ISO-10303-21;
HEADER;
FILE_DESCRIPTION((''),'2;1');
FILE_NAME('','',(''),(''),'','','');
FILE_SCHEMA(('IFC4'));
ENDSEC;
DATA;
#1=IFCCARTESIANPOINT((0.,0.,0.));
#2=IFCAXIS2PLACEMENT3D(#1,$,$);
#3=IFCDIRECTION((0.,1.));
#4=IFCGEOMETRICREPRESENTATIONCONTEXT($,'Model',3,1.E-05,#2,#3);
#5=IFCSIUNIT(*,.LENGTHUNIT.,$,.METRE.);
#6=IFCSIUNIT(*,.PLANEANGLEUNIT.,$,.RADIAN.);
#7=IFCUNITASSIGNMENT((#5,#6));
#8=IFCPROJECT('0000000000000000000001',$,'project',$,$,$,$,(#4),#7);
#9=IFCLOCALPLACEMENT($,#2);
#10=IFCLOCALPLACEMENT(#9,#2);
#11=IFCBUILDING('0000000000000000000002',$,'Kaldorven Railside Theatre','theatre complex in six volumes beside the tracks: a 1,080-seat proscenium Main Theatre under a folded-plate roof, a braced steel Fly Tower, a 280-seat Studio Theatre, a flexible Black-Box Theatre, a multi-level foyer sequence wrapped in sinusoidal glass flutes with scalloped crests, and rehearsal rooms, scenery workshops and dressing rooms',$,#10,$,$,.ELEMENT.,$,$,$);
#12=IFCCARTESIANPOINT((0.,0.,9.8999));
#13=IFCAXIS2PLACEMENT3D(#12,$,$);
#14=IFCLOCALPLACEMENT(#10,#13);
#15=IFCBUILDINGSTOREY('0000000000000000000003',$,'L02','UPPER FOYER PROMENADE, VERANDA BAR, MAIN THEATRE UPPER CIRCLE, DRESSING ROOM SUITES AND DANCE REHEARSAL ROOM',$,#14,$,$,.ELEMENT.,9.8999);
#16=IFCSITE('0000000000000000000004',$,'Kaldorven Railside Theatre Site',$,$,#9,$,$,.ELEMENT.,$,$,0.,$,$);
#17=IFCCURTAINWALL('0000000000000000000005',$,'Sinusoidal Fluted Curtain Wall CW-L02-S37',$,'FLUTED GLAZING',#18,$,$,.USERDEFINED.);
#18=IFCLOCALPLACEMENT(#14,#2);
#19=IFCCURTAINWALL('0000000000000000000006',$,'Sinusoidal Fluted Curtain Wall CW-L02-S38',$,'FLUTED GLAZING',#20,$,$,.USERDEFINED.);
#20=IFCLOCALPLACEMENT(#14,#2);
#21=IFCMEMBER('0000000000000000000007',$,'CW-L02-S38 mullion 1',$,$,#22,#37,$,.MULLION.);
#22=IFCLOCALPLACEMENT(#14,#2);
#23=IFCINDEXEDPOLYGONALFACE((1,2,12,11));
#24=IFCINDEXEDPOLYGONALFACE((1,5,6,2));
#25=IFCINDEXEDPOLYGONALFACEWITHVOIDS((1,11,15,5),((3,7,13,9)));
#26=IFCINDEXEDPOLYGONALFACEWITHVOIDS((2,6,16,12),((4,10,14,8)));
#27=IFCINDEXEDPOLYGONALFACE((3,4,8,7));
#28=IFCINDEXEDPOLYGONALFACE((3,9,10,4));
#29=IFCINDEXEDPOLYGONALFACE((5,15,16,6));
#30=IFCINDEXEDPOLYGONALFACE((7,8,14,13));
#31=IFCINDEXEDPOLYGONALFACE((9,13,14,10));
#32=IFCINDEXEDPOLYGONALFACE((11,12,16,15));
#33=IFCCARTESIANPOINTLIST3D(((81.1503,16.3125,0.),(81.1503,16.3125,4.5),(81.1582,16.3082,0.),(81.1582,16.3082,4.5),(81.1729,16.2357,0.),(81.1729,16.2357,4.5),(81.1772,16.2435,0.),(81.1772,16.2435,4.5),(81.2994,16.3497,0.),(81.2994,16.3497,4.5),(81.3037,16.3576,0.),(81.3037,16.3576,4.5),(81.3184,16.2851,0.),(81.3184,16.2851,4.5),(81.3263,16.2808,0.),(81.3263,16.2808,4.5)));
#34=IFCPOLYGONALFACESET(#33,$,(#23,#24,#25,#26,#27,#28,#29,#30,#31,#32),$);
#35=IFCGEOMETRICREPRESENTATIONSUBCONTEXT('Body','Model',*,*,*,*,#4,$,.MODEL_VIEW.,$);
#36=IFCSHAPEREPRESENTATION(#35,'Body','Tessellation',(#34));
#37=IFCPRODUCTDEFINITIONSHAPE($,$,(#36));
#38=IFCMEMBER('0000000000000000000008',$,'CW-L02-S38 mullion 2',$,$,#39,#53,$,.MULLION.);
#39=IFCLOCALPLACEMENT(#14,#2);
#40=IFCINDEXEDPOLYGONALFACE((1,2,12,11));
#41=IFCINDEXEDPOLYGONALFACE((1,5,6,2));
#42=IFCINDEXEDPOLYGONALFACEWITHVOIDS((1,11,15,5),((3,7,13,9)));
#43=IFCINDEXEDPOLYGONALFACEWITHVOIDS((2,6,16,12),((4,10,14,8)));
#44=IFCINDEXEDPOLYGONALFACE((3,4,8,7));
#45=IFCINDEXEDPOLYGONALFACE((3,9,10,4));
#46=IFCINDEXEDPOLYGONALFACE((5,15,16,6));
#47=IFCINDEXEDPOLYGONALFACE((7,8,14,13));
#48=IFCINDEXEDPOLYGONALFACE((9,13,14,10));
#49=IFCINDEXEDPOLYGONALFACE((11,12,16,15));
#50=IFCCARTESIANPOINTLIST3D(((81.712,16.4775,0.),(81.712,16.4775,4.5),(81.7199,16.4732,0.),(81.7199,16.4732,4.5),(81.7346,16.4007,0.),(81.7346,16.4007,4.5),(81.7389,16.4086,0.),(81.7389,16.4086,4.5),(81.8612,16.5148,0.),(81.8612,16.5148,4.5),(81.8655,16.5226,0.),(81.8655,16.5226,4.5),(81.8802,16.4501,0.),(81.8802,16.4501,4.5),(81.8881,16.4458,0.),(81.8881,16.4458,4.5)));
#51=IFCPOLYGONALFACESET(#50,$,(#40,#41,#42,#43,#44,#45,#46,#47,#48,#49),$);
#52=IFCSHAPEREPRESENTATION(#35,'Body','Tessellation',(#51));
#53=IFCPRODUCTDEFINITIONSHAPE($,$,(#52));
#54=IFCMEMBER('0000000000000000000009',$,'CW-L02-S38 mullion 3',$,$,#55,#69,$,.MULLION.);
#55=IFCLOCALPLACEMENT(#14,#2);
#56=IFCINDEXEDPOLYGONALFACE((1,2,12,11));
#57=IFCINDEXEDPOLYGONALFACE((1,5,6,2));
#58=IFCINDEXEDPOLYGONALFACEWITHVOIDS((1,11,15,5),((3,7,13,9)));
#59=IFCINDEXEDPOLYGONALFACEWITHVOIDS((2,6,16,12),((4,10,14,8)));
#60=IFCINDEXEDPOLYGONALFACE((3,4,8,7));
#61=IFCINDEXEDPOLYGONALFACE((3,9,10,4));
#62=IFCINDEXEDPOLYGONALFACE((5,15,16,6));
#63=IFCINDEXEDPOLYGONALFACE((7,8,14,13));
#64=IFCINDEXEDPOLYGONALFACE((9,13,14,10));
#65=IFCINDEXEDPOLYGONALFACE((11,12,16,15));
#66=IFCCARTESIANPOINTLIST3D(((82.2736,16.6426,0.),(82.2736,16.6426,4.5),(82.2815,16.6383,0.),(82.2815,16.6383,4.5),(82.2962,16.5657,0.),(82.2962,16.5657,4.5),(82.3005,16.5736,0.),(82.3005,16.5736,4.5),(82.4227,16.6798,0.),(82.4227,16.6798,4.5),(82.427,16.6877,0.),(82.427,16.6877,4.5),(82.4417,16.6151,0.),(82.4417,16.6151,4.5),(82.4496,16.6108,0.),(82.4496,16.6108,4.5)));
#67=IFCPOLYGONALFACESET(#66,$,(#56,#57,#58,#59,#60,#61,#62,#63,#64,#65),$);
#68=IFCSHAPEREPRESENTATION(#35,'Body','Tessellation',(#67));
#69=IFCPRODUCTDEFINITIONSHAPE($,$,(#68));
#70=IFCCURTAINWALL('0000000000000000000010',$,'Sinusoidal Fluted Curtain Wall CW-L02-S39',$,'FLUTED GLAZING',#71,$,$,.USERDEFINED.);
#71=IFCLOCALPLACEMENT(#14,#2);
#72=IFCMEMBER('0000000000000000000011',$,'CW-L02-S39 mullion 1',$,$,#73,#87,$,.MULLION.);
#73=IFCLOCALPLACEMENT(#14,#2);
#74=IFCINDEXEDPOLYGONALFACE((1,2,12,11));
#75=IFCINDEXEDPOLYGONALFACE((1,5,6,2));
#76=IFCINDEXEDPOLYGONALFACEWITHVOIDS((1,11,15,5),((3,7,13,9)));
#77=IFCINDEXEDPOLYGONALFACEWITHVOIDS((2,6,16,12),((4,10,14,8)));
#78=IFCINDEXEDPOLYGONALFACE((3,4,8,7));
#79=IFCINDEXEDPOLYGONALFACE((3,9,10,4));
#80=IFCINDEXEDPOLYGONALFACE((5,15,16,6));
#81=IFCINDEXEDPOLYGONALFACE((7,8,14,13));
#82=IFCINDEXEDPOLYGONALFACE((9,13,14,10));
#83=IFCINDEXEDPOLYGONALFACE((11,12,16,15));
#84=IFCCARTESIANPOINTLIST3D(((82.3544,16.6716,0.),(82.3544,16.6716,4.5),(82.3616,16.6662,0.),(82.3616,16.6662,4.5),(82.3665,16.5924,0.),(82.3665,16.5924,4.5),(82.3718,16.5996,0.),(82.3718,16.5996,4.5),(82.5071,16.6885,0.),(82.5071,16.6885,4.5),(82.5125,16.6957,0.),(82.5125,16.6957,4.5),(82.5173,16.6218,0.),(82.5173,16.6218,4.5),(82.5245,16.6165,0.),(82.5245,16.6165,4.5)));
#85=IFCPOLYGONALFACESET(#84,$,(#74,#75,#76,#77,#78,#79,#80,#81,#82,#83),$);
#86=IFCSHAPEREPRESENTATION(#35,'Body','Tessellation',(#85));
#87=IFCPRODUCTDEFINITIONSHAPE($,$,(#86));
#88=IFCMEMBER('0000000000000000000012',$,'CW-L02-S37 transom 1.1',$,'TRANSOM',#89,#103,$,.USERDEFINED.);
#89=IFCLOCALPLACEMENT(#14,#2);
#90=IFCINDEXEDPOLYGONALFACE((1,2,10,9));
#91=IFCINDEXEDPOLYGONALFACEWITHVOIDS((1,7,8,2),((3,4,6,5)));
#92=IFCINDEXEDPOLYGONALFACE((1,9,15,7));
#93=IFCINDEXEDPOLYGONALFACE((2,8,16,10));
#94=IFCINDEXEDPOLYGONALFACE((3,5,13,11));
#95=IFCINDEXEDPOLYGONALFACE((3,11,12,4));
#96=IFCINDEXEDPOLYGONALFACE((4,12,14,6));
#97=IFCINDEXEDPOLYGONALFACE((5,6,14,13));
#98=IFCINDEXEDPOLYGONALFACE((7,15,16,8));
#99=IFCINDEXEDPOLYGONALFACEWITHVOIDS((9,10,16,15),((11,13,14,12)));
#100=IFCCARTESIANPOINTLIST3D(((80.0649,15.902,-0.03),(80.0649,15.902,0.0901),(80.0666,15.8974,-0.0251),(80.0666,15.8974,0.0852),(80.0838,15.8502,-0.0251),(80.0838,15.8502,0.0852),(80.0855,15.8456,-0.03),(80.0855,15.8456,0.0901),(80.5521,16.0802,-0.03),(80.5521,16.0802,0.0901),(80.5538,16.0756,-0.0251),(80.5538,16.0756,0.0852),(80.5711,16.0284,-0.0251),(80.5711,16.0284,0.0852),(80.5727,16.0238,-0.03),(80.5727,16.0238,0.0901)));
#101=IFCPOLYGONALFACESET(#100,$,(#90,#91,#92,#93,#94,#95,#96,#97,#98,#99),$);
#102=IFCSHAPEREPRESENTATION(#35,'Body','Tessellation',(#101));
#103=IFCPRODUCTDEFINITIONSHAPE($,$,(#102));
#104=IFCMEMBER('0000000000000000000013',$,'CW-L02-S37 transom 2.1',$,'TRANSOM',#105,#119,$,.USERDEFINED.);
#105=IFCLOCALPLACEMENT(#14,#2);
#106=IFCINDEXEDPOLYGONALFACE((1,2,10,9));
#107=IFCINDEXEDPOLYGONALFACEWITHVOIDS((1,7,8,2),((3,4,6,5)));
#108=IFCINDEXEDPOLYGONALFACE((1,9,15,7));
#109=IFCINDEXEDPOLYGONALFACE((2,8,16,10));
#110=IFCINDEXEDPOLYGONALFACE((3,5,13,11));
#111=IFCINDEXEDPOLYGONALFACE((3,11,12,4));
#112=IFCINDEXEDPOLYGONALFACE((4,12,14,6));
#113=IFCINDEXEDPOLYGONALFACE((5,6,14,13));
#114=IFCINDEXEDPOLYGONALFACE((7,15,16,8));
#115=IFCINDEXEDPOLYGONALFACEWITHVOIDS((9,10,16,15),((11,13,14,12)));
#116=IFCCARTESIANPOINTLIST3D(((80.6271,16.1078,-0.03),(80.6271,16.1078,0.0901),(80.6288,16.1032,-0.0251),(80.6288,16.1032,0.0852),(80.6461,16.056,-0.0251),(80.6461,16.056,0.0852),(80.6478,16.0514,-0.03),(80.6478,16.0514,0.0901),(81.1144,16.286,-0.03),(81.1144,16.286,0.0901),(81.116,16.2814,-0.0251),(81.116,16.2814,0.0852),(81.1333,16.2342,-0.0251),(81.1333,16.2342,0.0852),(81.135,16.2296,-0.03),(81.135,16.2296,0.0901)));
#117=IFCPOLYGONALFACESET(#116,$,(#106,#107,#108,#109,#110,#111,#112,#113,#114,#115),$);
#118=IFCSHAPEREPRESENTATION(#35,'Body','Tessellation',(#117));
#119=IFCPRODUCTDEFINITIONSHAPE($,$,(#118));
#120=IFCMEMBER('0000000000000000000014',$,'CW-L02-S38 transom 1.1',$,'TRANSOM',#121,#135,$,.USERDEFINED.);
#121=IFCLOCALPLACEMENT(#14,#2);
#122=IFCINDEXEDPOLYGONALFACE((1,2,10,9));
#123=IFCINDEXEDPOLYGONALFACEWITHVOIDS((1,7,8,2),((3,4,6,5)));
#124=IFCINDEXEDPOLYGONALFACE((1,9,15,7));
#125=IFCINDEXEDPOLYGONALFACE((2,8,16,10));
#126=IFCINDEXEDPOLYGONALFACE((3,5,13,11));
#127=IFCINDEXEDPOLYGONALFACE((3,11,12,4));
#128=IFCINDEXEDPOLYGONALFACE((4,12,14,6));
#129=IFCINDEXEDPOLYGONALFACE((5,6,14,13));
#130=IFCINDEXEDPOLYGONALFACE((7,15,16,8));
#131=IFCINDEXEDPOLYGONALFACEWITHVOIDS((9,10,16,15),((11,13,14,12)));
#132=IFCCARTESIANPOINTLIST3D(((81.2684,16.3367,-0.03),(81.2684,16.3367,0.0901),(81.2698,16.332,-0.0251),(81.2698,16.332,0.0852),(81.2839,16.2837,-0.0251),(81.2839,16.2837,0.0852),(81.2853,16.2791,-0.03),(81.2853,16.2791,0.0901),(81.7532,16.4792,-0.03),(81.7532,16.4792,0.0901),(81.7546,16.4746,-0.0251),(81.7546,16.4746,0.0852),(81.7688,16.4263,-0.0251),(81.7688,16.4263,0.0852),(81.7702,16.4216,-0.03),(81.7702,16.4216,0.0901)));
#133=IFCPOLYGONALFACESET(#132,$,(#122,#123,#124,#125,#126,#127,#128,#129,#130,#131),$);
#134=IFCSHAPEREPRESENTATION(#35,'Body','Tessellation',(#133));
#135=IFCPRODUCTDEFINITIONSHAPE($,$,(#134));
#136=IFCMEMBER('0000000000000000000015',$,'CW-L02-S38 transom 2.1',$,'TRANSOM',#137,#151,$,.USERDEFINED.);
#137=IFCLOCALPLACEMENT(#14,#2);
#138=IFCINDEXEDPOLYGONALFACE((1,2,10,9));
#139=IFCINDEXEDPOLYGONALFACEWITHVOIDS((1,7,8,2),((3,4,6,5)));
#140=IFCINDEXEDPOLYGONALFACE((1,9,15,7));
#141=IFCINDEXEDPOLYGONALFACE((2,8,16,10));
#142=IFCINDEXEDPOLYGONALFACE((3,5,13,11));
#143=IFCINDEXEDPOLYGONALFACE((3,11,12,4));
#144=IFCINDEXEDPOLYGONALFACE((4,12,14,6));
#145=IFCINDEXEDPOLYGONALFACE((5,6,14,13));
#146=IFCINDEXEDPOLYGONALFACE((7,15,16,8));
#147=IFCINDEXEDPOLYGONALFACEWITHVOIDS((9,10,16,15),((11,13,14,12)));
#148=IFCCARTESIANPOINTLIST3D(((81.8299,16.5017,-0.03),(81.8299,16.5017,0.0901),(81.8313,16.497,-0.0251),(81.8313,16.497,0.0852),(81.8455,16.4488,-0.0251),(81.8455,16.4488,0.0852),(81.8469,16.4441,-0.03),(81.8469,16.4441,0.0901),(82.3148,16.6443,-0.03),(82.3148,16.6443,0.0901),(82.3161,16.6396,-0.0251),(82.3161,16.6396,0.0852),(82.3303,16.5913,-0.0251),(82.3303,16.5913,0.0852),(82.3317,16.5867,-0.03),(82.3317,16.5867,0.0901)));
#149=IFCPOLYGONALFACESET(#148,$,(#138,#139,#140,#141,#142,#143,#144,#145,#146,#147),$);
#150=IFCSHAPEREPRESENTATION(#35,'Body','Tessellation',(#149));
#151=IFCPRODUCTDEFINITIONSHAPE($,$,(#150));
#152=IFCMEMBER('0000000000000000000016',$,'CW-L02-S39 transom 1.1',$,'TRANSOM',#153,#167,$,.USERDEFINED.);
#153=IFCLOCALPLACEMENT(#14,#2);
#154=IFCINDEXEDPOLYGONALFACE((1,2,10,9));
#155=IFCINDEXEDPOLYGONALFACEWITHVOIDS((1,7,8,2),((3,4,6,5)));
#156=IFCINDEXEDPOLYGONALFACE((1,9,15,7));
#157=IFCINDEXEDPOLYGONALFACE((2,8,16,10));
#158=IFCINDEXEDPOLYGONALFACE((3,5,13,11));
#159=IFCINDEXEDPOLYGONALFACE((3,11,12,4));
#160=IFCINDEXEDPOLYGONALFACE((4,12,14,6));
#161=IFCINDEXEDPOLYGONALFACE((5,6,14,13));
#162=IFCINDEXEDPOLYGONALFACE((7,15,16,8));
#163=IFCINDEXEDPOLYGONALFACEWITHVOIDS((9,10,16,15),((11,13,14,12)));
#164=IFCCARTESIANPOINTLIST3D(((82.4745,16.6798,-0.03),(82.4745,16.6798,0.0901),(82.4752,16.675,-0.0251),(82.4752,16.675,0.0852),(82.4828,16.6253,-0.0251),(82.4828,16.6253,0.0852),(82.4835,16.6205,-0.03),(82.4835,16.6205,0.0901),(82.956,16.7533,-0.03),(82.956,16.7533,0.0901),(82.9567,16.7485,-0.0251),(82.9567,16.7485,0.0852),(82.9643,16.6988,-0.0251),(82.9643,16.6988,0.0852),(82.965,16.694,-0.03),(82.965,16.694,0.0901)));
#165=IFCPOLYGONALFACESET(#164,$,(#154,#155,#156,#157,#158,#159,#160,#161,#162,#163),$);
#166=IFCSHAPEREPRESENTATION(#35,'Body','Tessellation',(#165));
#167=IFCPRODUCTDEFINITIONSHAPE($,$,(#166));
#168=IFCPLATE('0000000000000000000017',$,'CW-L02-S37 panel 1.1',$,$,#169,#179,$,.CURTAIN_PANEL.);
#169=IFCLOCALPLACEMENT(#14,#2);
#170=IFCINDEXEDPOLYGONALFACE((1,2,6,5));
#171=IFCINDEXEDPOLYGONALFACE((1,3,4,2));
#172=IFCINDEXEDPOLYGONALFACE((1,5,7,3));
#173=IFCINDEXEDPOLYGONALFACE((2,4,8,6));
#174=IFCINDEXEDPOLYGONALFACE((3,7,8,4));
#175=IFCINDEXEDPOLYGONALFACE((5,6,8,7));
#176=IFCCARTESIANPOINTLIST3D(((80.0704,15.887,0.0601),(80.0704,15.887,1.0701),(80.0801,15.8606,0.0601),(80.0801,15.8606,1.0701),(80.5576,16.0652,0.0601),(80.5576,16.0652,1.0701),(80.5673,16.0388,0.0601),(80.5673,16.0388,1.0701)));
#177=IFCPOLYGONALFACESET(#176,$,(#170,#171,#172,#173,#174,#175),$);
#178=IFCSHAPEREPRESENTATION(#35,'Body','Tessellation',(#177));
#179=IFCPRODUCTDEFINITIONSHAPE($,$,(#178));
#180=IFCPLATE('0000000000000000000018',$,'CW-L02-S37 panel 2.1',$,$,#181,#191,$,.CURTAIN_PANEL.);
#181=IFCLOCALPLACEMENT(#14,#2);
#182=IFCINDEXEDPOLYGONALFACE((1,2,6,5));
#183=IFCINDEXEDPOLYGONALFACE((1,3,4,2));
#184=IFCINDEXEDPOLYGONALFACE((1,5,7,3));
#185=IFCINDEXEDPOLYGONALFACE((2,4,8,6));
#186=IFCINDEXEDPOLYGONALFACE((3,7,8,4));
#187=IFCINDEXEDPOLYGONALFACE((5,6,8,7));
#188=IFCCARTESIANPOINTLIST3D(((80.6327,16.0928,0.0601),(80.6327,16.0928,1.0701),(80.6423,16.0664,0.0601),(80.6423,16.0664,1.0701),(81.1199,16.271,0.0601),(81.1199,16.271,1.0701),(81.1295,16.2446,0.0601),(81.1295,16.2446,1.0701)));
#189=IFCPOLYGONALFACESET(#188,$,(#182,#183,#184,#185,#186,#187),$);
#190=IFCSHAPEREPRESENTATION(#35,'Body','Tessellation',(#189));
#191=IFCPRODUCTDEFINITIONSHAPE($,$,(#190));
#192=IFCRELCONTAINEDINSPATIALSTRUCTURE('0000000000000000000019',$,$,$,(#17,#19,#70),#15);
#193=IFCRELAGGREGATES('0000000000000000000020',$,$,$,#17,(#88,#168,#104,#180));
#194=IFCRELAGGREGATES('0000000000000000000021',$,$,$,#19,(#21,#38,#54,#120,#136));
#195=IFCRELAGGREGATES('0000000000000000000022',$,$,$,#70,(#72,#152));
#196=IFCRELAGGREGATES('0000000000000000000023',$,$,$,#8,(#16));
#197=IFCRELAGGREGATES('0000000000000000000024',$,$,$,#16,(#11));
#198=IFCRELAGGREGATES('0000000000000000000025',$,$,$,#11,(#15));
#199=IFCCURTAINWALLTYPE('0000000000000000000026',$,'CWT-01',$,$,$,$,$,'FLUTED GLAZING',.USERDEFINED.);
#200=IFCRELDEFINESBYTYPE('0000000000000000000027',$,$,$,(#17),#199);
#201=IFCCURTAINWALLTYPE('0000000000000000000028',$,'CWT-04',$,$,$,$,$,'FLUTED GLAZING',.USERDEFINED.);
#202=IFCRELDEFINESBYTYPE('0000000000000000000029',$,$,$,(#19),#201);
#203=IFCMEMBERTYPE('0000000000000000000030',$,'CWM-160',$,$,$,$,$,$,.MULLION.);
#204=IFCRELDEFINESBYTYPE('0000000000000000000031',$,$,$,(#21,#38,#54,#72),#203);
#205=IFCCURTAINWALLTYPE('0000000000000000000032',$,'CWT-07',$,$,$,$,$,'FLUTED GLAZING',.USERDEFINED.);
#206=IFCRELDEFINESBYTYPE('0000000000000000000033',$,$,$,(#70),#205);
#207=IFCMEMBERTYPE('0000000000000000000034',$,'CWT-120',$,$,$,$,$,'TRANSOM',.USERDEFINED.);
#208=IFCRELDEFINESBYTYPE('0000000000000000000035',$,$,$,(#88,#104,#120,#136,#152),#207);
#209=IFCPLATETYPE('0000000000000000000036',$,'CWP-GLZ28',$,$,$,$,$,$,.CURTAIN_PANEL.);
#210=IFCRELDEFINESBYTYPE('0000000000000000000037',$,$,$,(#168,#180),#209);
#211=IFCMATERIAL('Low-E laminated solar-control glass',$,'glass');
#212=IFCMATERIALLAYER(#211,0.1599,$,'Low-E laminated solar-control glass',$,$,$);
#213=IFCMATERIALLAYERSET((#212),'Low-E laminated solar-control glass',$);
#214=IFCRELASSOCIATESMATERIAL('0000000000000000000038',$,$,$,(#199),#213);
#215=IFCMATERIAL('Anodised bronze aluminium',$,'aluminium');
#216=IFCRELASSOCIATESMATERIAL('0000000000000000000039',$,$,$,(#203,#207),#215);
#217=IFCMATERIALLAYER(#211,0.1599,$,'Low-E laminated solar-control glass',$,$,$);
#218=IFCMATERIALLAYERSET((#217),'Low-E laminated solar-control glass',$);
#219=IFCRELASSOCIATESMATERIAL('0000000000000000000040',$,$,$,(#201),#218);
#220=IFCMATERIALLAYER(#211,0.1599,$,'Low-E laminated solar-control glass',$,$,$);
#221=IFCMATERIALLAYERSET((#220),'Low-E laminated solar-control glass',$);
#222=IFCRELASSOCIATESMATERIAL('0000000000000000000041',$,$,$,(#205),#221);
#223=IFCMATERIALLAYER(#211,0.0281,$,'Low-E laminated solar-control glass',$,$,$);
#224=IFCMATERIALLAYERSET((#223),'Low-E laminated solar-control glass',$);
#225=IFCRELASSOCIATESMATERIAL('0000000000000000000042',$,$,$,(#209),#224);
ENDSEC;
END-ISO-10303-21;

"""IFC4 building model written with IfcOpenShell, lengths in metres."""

from ifc_helpers import new_model, si_unit, direction, frame, origin, origin_2d, place, context, subcontext, project, spatial, rectangle, hollow_rectangle, extrude, material, layer, layer_set, material_profile, profile_set, type_object, element, aggregate, save


model = new_model("IFC4")

# Units and contexts
model_context = context("Model", 3, precision=1e-05, world=origin(), true_north=direction((0.0, 1.0)))
body_context = subcontext(model_context, "Body", "Model", "MODEL_VIEW")
ifc_project = project(units=[si_unit("LENGTHUNIT", "METRE"), si_unit("PLANEANGLEUNIT", "RADIAN")], contexts=[model_context])

# Site, building, storey
site_placement = place(None, origin())
site = spatial("IfcSite", under=ifc_project, at=site_placement, Name="Kaldorven Railside Theatre Site", CompositionType="ELEMENT", RefElevation=0.0)
building_placement = place(site_placement, origin())
building = spatial("IfcBuilding", under=site, at=building_placement, Name="Kaldorven Railside Theatre", Description="theatre complex in six volumes beside the tracks: a 1,080-seat proscenium Main Theatre under a folded-plate roof, a braced steel Fly Tower, a 280-seat Studio Theatre, a flexible Black-Box Theatre, a multi-level foyer sequence wrapped in sinusoidal glass flutes with scalloped crests, and rehearsal rooms, scenery workshops and dressing rooms", CompositionType="ELEMENT")
storey_placement = place(building_placement, frame((0.0, 0.0, 9.8999)))
storey = spatial("IfcBuildingStorey", under=building, at=storey_placement, Name="L02", Description="UPPER FOYER PROMENADE, VERANDA BAR, MAIN THEATRE UPPER CIRCLE, DRESSING ROOM SUITES AND DANCE REHEARSAL ROOM", CompositionType="ELEMENT", Elevation=9.8999)

# Curtain walls, members
ifc_material_1 = material(Name="Low-E laminated solar-control glass", Category="glass")
ifc_layer_1 = layer(ifc_material_1, 0.1599, Name="Low-E laminated solar-control glass")
ifc_layer_set_1 = layer_set([ifc_layer_1], Name="Low-E laminated solar-control glass")
curtain_wall_type_1 = type_object("IfcCurtainWallType", Name="CWT-01", ElementType="FLUTED GLAZING", PredefinedType="USERDEFINED", material=ifc_layer_set_1)
curtain_wall_1_placement = place(storey_placement, origin())
curtain_wall_1 = element("IfcCurtainWall", 1, at=curtain_wall_1_placement, inside=storey, type_object=curtain_wall_type_1, Name="Sinusoidal Fluted Curtain Wall CW-L02-S37", ObjectType="FLUTED GLAZING", PredefinedType="USERDEFINED")
ifc_material_2 = material(Name="Anodised bronze aluminium", Category="aluminium")
ifc_material_profile_1 = material_profile(ifc_material_2, hollow_rectangle(XDim=0.0801, YDim=0.1599, WallThickness=0.0063, at=origin_2d()), Name="RHS 160x80x6.3")
ifc_profile_set_1 = profile_set([ifc_material_profile_1], Name="Anodised bronze aluminium")
member_type_1 = type_object("IfcMemberType", Name="CWM-160", PredefinedType="MULLION", material=ifc_profile_set_1)
ifc_layer_2 = layer(ifc_material_1, 0.1599, Name="Low-E laminated solar-control glass")
ifc_layer_set_2 = layer_set([ifc_layer_2], Name="Low-E laminated solar-control glass")
curtain_wall_type_2 = type_object("IfcCurtainWallType", Name="CWT-04", ElementType="FLUTED GLAZING", PredefinedType="USERDEFINED", material=ifc_layer_set_2)
curtain_wall_2_placement = place(storey_placement, origin())
curtain_wall_2 = element("IfcCurtainWall", 2, at=curtain_wall_2_placement, inside=storey, type_object=curtain_wall_type_2, Name="Sinusoidal Fluted Curtain Wall CW-L02-S38", ObjectType="FLUTED GLAZING", PredefinedType="USERDEFINED")
member_1_placement = place(storey_placement, frame((81.2383, 16.2966, 0.0), z_axis=(0.0, 0.0, 1.0), x_axis=(-0.281989, 0.959418, 0.0)))
member_1 = element("IfcMember", 3, at=member_1_placement, type_object=member_type_1, Name="CW-L02-S38 mullion 1", PredefinedType="MULLION", context=body_context, shape_type="SweptSolid", body=[
    extrude(hollow_rectangle(XDim=0.0801, YDim=0.1599, WallThickness=0.0063, at=origin_2d()), origin(), (0.0, 0.0, 1.0), 4.5),
])
member_2_placement = place(storey_placement, frame((81.8, 16.4617, 0.0), z_axis=(0.0, 0.0, 1.0), x_axis=(-0.281989, 0.959418, 0.0)))
member_2 = element("IfcMember", 4, at=member_2_placement, type_object=member_type_1, Name="CW-L02-S38 mullion 2", PredefinedType="MULLION", context=body_context, shape_type="SweptSolid", body=[
    extrude(hollow_rectangle(XDim=0.0801, YDim=0.1599, WallThickness=0.0063, at=origin_2d()), origin(), (0.0, 0.0, 1.0), 4.5),
])
member_3_placement = place(storey_placement, frame((82.3616, 16.6267, 0.0), z_axis=(0.0, 0.0, 1.0), x_axis=(-0.281989, 0.959418, 0.0)))
member_3 = element("IfcMember", 5, at=member_3_placement, type_object=member_type_1, Name="CW-L02-S38 mullion 3", PredefinedType="MULLION", context=body_context, shape_type="SweptSolid", body=[
    extrude(hollow_rectangle(XDim=0.0801, YDim=0.1599, WallThickness=0.0063, at=origin_2d()), origin(), (0.0, 0.0, 1.0), 4.5),
])

# Curtain wall, member
ifc_layer_3 = layer(ifc_material_1, 0.1599, Name="Low-E laminated solar-control glass")
ifc_layer_set_3 = layer_set([ifc_layer_3], Name="Low-E laminated solar-control glass")
curtain_wall_type_3 = type_object("IfcCurtainWallType", Name="CWT-07", ElementType="FLUTED GLAZING", PredefinedType="USERDEFINED", material=ifc_layer_set_3)
curtain_wall_3_placement = place(storey_placement, origin())
curtain_wall_3 = element("IfcCurtainWall", 6, at=curtain_wall_3_placement, inside=storey, type_object=curtain_wall_type_3, Name="Sinusoidal Fluted Curtain Wall CW-L02-S39", ObjectType="FLUTED GLAZING", PredefinedType="USERDEFINED")
member_4_placement = place(storey_placement, frame((82.4395, 16.644, 0.0), z_axis=(0.0, 0.0, 1.0), x_axis=(-0.150918, 0.988546, 0.0)))
member_4 = element("IfcMember", 7, at=member_4_placement, type_object=member_type_1, Name="CW-L02-S39 mullion 1", PredefinedType="MULLION", context=body_context, shape_type="SweptSolid", body=[
    extrude(hollow_rectangle(XDim=0.0801, YDim=0.1599, WallThickness=0.0063, at=origin_2d()), origin(), (0.0, 0.0, 1.0), 4.5),
])

# Members
ifc_material_profile_2 = material_profile(ifc_material_2, hollow_rectangle(XDim=0.0601, YDim=0.1201, WallThickness=0.0049, at=origin_2d()), Name="RHS 120x60x5")
ifc_profile_set_2 = profile_set([ifc_material_profile_2], Name="Anodised bronze aluminium")
member_type_2 = type_object("IfcMemberType", Name="CWT-120", ElementType="TRANSOM", PredefinedType="USERDEFINED", material=ifc_profile_set_2)
member_5_placement = place(storey_placement, frame((80.0752, 15.8738, 0.03), z_axis=(0.93916, 0.34348, 0.0), x_axis=(-0.34348, 0.93916, 0.0)))
member_5 = element("IfcMember", 8, at=member_5_placement, type_object=member_type_2, Name="CW-L02-S37 transom 1.1", ObjectType="TRANSOM", PredefinedType="USERDEFINED", context=body_context, shape_type="SweptSolid", body=[
    extrude(hollow_rectangle(XDim=0.0601, YDim=0.1201, WallThickness=0.0049, at=origin_2d()), origin(), (0.0, 0.0, 1.0), 0.5188),
])
member_6_placement = place(storey_placement, frame((80.6375, 16.0796, 0.03), z_axis=(0.93916, 0.34348, 0.0), x_axis=(-0.34348, 0.93916, 0.0)))
member_6 = element("IfcMember", 9, at=member_6_placement, type_object=member_type_2, Name="CW-L02-S37 transom 2.1", ObjectType="TRANSOM", PredefinedType="USERDEFINED", context=body_context, shape_type="SweptSolid", body=[
    extrude(hollow_rectangle(XDim=0.0601, YDim=0.1201, WallThickness=0.0049, at=origin_2d()), origin(), (0.0, 0.0, 1.0), 0.5188),
])
member_7_placement = place(storey_placement, frame((81.2769, 16.3079, 0.03), z_axis=(0.959381, 0.282114, 0.0), x_axis=(-0.282114, 0.959381, 0.0)))
member_7 = element("IfcMember", 10, at=member_7_placement, type_object=member_type_2, Name="CW-L02-S38 transom 1.1", ObjectType="TRANSOM", PredefinedType="USERDEFINED", context=body_context, shape_type="SweptSolid", body=[
    extrude(hollow_rectangle(XDim=0.0601, YDim=0.1201, WallThickness=0.0049, at=origin_2d()), origin(), (0.0, 0.0, 1.0), 0.5054),
])
member_8_placement = place(storey_placement, frame((81.8384, 16.4729, 0.03), z_axis=(0.959381, 0.282114, 0.0), x_axis=(-0.282114, 0.959381, 0.0)))
member_8 = element("IfcMember", 11, at=member_8_placement, type_object=member_type_2, Name="CW-L02-S38 transom 2.1", ObjectType="TRANSOM", PredefinedType="USERDEFINED", context=body_context, shape_type="SweptSolid", body=[
    extrude(hollow_rectangle(XDim=0.0601, YDim=0.1201, WallThickness=0.0049, at=origin_2d()), origin(), (0.0, 0.0, 1.0), 0.5054),
])
member_9_placement = place(storey_placement, frame((82.479, 16.6501, 0.03), z_axis=(0.988551, 0.150889, 0.0), x_axis=(-0.150889, 0.988551, 0.0)))
member_9 = element("IfcMember", 12, at=member_9_placement, type_object=member_type_2, Name="CW-L02-S39 transom 1.1", ObjectType="TRANSOM", PredefinedType="USERDEFINED", context=body_context, shape_type="SweptSolid", body=[
    extrude(hollow_rectangle(XDim=0.0601, YDim=0.1201, WallThickness=0.0049, at=origin_2d()), origin(), (0.0, 0.0, 1.0), 0.4871),
])

# Plates
ifc_layer_4 = layer(ifc_material_1, 0.0281, Name="Low-E laminated solar-control glass")
ifc_layer_set_4 = layer_set([ifc_layer_4], Name="Low-E laminated solar-control glass")
plate_type = type_object("IfcPlateType", Name="CWP-GLZ28", PredefinedType="CURTAIN_PANEL", material=ifc_layer_set_4)
plate_1_placement = place(storey_placement, frame((80.3188, 15.9629, 0.0601), z_axis=(0.0, 0.0, 1.0), x_axis=(0.939154, 0.343496, 0.0)))
plate_1 = element("IfcPlate", 13, at=plate_1_placement, type_object=plate_type, Name="CW-L02-S37 panel 1.1", PredefinedType="CURTAIN_PANEL", context=body_context, shape_type="SweptSolid", body=[
    extrude(rectangle(XDim=0.5188, YDim=0.0281, at=origin_2d()), origin(), (0.0, 0.0, 1.0), 1.01),
])
plate_2_placement = place(storey_placement, frame((80.8811, 16.1687, 0.0601), z_axis=(0.0, 0.0, 1.0), x_axis=(0.939154, 0.343496, 0.0)))
plate_2 = element("IfcPlate", 14, at=plate_2_placement, type_object=plate_type, Name="CW-L02-S37 panel 2.1", PredefinedType="CURTAIN_PANEL", context=body_context, shape_type="SweptSolid", body=[
    extrude(rectangle(XDim=0.5188, YDim=0.0281, at=origin_2d()), origin(), (0.0, 0.0, 1.0), 1.01),
])
aggregate(curtain_wall_1, [member_5, plate_1, member_6, plate_2])
aggregate(curtain_wall_2, [member_1, member_2, member_3, member_7, member_8])
aggregate(curtain_wall_3, [member_4, member_9])

save(model, "model.ifc")
